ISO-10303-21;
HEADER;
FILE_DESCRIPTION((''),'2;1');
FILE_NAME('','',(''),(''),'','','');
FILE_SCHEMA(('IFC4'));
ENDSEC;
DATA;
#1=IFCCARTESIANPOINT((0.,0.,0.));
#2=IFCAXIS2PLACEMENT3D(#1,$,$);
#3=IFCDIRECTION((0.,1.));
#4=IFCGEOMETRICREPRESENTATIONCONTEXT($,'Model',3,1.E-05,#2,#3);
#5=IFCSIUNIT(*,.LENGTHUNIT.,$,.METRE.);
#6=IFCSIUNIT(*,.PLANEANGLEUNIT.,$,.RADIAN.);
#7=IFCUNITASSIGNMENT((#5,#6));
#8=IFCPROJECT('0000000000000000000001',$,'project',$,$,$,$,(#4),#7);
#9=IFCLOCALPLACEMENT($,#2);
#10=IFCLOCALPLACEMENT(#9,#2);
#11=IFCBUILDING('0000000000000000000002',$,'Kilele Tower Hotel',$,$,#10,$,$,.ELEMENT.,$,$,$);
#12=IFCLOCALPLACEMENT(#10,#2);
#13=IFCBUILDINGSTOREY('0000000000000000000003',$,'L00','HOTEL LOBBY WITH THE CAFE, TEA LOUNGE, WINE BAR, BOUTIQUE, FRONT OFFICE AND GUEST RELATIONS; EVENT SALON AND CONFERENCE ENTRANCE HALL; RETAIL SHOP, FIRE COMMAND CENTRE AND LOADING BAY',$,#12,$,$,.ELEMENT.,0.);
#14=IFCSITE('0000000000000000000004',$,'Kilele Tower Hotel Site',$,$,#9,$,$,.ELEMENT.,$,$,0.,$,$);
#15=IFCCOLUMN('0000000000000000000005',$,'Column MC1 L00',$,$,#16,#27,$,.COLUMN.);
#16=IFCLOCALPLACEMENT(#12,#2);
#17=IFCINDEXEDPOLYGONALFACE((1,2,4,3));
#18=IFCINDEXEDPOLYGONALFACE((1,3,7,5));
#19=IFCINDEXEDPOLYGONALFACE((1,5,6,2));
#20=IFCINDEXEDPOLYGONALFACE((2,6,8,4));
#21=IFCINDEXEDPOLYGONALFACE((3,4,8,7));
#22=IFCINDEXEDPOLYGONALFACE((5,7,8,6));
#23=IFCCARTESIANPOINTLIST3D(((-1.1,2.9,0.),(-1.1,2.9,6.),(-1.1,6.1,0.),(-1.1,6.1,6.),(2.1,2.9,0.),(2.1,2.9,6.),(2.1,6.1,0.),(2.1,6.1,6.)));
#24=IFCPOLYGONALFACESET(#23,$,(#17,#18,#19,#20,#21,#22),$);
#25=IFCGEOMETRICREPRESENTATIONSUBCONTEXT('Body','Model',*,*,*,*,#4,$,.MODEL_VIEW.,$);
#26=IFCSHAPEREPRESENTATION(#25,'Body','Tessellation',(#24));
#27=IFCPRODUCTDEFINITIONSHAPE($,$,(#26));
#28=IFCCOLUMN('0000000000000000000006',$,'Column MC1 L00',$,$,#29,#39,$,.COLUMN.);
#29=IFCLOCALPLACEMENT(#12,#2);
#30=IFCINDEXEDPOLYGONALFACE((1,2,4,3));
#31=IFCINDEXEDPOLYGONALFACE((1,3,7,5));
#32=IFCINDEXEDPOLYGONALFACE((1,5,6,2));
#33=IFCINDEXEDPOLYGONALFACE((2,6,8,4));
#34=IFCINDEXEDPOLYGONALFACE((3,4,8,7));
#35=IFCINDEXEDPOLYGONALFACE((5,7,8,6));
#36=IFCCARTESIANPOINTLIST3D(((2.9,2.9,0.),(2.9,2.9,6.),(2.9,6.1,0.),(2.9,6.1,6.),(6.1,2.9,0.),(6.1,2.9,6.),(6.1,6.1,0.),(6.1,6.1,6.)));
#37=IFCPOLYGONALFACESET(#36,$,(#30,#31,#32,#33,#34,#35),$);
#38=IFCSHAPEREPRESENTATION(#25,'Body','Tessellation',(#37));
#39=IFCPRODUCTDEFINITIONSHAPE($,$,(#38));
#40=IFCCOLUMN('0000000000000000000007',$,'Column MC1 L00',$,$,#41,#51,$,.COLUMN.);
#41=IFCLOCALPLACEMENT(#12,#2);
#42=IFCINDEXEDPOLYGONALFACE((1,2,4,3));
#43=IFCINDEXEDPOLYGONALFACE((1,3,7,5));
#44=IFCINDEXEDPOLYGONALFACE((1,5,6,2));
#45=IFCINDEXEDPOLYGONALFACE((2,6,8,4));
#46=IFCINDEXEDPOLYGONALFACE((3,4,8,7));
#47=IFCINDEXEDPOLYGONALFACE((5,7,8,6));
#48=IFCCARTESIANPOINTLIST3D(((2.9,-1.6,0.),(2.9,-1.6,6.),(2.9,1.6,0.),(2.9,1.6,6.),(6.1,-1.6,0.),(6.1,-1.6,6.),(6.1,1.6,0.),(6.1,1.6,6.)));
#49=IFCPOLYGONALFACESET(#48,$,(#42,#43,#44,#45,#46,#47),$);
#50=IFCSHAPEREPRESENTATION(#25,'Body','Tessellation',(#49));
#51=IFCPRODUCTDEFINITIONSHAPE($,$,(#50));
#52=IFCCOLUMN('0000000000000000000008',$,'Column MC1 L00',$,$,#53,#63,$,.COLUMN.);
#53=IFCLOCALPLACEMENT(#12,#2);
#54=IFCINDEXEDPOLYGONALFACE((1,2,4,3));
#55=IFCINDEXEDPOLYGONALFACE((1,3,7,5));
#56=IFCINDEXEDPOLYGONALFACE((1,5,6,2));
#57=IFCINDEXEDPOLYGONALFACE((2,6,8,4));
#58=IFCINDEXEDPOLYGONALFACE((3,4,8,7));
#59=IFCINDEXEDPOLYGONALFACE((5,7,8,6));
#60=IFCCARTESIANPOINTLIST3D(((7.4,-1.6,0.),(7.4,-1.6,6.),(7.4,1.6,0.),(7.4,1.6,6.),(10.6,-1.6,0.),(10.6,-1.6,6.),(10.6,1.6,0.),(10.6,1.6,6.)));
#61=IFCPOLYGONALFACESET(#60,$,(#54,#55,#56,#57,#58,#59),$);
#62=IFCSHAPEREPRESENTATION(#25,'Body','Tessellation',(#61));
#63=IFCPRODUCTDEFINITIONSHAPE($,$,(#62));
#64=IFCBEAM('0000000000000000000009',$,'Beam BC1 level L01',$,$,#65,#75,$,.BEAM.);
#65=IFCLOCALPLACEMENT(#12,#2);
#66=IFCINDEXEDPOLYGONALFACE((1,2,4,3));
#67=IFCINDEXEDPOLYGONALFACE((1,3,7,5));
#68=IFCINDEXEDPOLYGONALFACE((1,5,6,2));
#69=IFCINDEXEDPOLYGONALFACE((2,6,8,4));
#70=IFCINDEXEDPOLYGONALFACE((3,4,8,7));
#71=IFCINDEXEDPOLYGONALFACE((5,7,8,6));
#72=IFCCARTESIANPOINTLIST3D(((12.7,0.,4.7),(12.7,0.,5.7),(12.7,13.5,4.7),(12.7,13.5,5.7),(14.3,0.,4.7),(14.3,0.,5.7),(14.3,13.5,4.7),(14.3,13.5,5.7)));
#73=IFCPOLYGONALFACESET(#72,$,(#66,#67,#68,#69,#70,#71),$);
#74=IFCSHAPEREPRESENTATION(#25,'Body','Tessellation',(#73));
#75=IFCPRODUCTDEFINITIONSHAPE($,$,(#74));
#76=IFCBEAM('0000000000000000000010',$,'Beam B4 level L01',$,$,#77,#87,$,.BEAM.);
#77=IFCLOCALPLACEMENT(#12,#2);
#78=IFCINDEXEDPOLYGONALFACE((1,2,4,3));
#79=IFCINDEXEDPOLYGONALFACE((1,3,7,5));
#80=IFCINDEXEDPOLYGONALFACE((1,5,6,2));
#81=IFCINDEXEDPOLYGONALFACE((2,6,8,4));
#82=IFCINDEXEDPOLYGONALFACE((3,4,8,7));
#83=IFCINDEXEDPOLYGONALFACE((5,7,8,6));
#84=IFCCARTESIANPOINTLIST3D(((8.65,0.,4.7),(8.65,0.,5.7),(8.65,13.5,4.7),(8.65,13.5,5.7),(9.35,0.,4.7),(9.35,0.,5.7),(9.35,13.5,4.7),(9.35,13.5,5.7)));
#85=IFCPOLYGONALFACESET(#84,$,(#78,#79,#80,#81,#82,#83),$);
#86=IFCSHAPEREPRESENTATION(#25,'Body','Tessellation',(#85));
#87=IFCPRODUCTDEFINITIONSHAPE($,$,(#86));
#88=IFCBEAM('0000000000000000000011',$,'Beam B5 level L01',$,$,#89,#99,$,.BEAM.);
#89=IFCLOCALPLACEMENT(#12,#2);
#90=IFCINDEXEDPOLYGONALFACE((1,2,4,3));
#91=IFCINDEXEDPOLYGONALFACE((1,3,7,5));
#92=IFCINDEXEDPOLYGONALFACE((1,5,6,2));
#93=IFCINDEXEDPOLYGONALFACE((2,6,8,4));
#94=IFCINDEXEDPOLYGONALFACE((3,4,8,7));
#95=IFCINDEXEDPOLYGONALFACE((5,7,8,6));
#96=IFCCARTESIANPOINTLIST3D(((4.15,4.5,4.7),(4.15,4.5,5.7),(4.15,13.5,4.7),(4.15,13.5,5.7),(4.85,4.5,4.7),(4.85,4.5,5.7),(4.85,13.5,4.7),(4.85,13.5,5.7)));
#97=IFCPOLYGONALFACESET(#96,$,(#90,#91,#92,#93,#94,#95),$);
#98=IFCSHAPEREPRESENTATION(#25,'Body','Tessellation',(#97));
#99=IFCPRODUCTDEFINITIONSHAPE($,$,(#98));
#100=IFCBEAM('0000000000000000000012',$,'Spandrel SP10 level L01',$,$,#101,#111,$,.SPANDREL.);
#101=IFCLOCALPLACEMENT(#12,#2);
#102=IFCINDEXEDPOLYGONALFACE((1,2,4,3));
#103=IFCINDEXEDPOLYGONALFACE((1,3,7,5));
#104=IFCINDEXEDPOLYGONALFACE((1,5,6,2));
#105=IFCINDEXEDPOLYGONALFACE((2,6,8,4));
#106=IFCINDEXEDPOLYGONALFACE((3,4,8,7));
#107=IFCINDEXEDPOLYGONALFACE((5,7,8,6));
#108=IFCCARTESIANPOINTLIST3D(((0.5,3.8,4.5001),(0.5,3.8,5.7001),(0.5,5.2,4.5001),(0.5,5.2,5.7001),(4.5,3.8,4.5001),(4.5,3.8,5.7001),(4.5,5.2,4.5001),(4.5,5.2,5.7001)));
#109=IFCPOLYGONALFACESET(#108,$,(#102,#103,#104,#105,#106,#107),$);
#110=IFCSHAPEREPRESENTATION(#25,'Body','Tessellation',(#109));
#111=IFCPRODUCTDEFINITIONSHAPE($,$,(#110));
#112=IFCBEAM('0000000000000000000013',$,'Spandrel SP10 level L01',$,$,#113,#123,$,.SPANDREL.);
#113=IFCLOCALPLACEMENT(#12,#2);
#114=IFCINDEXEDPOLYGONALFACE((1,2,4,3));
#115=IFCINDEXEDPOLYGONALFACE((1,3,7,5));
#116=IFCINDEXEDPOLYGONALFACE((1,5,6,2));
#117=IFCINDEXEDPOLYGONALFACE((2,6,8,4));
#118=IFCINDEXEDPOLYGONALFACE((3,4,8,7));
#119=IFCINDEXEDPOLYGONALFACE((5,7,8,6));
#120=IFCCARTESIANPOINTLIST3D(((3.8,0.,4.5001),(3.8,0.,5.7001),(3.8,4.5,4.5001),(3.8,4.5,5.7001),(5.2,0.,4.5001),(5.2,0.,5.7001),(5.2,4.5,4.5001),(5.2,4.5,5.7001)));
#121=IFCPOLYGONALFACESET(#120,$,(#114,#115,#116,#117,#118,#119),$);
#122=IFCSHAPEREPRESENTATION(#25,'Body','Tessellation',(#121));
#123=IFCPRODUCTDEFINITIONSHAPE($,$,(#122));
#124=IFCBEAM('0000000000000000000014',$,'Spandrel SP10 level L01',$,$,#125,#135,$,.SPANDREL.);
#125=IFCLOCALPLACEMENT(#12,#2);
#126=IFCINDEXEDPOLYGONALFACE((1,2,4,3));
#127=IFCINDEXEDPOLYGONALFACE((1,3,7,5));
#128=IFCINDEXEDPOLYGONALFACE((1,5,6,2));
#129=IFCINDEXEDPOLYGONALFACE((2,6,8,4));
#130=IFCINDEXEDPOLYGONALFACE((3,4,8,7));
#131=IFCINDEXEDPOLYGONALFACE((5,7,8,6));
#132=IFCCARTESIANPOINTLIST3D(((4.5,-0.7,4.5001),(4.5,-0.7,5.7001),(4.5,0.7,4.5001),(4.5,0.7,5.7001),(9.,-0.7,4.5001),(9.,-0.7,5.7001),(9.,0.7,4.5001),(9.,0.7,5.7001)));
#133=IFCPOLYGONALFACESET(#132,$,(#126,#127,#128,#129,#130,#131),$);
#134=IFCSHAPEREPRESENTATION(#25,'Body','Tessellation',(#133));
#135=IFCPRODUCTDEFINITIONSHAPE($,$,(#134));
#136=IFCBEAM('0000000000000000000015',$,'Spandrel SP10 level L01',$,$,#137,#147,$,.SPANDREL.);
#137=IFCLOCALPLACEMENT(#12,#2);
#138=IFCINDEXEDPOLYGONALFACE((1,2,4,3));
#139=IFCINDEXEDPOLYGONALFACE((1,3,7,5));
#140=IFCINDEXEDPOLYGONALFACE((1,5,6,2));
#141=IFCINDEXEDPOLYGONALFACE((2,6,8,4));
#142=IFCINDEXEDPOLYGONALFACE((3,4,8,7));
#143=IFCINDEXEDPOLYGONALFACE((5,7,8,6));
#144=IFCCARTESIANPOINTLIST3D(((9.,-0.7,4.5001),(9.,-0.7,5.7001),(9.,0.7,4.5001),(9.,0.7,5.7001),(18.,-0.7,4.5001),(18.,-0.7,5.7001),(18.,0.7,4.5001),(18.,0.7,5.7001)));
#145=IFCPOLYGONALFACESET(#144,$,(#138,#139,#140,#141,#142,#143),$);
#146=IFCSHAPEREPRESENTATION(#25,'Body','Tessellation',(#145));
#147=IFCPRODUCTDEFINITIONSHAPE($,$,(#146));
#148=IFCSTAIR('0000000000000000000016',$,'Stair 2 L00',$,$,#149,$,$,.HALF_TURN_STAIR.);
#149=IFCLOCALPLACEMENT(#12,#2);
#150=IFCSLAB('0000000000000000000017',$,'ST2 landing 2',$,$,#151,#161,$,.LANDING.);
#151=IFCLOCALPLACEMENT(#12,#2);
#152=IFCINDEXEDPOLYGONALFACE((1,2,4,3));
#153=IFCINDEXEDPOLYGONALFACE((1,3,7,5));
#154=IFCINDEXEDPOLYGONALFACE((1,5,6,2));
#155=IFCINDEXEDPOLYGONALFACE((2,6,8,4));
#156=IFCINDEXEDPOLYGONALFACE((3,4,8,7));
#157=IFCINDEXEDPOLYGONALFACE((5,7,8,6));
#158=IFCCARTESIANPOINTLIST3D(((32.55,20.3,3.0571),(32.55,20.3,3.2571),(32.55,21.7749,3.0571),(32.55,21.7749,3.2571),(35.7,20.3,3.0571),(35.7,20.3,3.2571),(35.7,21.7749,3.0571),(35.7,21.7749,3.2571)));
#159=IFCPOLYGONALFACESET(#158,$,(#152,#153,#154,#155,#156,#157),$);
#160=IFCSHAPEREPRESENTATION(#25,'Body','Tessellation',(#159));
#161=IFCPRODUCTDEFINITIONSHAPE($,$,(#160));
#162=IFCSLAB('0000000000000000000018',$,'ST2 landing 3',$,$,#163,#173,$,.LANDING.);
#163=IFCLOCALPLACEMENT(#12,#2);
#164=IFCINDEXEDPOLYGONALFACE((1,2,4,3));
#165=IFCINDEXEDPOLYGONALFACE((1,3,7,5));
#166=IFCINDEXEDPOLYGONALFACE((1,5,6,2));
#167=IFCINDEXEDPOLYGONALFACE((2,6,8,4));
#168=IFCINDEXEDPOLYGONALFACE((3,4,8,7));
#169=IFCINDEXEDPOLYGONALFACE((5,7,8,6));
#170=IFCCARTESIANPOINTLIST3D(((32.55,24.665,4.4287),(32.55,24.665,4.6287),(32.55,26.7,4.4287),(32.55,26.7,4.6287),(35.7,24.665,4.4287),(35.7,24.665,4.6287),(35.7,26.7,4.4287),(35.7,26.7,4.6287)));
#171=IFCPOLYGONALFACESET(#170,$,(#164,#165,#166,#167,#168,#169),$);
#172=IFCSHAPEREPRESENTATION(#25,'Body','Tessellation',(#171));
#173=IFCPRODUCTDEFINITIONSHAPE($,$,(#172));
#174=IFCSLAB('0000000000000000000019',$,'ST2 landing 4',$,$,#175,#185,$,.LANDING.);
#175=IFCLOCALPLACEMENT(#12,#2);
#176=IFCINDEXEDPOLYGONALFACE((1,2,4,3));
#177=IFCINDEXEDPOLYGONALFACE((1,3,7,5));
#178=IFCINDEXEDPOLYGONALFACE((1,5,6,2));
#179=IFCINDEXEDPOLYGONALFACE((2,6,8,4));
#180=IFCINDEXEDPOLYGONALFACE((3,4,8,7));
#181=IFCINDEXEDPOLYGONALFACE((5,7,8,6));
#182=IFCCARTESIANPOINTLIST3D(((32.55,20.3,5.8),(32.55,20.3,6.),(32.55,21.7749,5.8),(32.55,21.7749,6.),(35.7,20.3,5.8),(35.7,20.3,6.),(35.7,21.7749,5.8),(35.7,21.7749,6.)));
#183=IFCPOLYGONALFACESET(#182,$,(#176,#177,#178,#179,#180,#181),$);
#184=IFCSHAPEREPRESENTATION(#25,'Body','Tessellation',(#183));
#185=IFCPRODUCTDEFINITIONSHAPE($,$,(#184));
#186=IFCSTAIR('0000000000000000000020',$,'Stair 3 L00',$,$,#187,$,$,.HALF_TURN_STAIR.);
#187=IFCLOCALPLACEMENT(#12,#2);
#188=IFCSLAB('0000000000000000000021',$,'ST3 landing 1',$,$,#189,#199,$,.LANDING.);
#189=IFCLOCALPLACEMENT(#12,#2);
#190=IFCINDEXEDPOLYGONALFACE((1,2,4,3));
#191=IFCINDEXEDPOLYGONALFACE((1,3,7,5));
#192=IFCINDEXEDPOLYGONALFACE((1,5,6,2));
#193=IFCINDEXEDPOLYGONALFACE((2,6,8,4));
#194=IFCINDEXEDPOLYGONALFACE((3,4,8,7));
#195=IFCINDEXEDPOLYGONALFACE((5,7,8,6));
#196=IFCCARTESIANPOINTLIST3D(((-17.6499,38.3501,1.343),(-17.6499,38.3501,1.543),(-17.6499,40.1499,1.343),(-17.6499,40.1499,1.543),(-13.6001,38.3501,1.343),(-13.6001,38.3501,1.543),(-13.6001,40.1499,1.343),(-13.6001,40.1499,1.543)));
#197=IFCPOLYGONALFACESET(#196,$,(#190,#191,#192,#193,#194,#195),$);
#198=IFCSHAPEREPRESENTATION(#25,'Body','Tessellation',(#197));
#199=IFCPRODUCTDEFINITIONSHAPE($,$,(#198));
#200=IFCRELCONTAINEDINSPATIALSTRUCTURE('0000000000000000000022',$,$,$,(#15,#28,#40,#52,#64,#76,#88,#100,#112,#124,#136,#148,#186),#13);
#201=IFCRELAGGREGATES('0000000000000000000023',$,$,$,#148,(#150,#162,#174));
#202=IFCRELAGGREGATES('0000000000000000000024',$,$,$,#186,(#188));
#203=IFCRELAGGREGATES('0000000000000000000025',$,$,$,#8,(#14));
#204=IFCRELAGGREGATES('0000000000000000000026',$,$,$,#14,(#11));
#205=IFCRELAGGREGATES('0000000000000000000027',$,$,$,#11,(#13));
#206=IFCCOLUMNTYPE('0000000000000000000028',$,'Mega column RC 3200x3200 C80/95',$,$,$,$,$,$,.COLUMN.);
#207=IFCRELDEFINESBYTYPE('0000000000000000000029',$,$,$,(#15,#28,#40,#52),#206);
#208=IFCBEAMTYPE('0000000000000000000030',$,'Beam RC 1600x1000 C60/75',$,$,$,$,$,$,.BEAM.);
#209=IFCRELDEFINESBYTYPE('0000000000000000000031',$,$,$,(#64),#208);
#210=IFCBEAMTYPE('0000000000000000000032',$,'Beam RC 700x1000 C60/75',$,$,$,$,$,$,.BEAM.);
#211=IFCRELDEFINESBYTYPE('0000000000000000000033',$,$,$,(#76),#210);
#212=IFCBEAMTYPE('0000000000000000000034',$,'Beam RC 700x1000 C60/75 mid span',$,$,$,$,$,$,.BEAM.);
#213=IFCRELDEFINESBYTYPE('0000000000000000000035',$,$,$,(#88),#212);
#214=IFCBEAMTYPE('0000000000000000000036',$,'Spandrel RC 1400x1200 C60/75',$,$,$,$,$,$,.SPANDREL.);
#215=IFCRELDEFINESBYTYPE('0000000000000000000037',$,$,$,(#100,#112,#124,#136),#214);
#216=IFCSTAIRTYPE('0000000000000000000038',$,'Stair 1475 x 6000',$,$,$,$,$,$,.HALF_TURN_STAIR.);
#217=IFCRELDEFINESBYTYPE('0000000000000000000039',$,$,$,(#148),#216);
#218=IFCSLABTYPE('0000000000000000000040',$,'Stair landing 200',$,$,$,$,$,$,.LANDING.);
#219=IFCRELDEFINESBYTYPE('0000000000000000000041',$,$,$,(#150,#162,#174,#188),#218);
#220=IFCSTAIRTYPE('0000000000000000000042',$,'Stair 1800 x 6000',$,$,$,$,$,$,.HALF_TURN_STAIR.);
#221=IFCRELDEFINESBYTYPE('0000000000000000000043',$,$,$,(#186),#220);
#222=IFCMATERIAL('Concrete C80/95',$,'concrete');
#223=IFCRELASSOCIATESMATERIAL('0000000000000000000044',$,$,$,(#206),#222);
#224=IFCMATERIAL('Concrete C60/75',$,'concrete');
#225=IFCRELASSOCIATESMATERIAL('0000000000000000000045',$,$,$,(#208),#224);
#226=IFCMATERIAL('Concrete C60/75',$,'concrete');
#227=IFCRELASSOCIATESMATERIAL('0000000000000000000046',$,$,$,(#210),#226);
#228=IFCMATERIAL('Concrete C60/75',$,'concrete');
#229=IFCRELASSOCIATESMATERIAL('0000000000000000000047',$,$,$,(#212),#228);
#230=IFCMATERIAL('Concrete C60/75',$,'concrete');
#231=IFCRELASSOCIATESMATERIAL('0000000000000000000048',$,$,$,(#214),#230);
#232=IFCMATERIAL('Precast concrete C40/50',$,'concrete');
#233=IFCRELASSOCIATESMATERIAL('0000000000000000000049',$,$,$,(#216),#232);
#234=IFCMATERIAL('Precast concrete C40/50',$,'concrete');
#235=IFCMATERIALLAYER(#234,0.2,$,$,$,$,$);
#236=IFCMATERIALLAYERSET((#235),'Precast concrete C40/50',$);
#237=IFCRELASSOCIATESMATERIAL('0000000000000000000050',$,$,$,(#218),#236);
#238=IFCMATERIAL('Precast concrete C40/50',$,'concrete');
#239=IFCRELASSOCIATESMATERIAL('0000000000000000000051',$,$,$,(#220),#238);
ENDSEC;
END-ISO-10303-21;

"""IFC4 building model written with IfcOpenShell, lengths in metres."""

from ifc_helpers import new_model, si_unit, direction, frame, origin, origin_2d, place, context, subcontext, project, spatial, polyline, rectangle, outline, extrude, material, layer, layer_set, material_profile, profile_set, type_object, element, aggregate, save


model = new_model("IFC4")

# Units and contexts
model_context = context("Model", 3, precision=1e-05, world=origin(), true_north=direction((0.0, 1.0)))
body_context = subcontext(model_context, "Body", "Model", "MODEL_VIEW")
ifc_project = project(units=[si_unit("LENGTHUNIT", "METRE"), si_unit("PLANEANGLEUNIT", "RADIAN")], contexts=[model_context])

# Site, building, storey
site_placement = place(None, origin())
site = spatial("IfcSite", under=ifc_project, at=site_placement, Name="Kilele Tower Hotel Site", CompositionType="ELEMENT", RefElevation=0.0)
building_placement = place(site_placement, origin())
building = spatial("IfcBuilding", under=site, at=building_placement, Name="Kilele Tower Hotel", CompositionType="ELEMENT")
storey_placement = place(building_placement, origin())
storey = spatial("IfcBuildingStorey", under=building, at=storey_placement, Name="L00", Description="HOTEL LOBBY WITH THE CAFE, TEA LOUNGE, WINE BAR, BOUTIQUE, FRONT OFFICE AND GUEST RELATIONS; EVENT SALON AND CONFERENCE ENTRANCE HALL; RETAIL SHOP, FIRE COMMAND CENTRE AND LOADING BAY", CompositionType="ELEMENT", Elevation=0.0)

# Columns
ifc_material_1 = material(Name="Concrete C80/95", Category="concrete")
ifc_material_profile_1 = material_profile(ifc_material_1, rectangle(XDim=3.2, YDim=3.2, at=origin_2d()))
ifc_profile_set_1 = profile_set([ifc_material_profile_1], Name="Concrete C80/95")
column_type = type_object("IfcColumnType", Name="Mega column RC 3200x3200 C80/95", PredefinedType="COLUMN", material=ifc_profile_set_1)
for number, where, z_axis, x_axis, name in (
    (1, (0.5, 4.5, 0.0), (0.0, 0.0, 1.0), (1.0, 0.0, 0.0), "Column MC1 L00"),
    (2, (4.5, 4.5, 0.0), (0.0, 0.0, 1.0), (1.0, 0.0, 0.0), "Column MC1 L00"),
    (3, (4.5, 0.0, 0.0), (0.0, 0.0, 1.0), (1.0, 0.0, 0.0), "Column MC1 L00"),
    (4, (9.0, 0.0, 0.0), (0.0, 0.0, 1.0), (1.0, 0.0, 0.0), "Column MC1 L00"),
):
    element("IfcColumn", number, at=place(storey_placement, frame(where, z_axis=z_axis, x_axis=x_axis)), inside=storey, type_object=column_type, Name=name, PredefinedType="COLUMN", context=body_context, shape_type="SweptSolid", body=[
        extrude(rectangle(XDim=3.2, YDim=3.2, at=origin_2d()), origin(), (0.0, 0.0, 1.0), 6.0),
    ])

# Beams
ifc_material_2 = material(Name="Concrete C60/75", Category="concrete")
ifc_material_profile_2 = material_profile(ifc_material_2, rectangle(XDim=1.6001, YDim=1.0, at=origin_2d()))
ifc_profile_set_2 = profile_set([ifc_material_profile_2], Name="Concrete C60/75")
beam_type_1 = type_object("IfcBeamType", Name="Beam RC 1600x1000 C60/75", PredefinedType="BEAM", material=ifc_profile_set_2)
beam_1_placement = place(storey_placement, frame((13.5, 0.0, 5.2), z_axis=(0.0, 1.0, 0.0), x_axis=(-1.0, 0.0, 0.0)))
element("IfcBeam", 5, at=beam_1_placement, inside=storey, type_object=beam_type_1, Name="Beam BC1 level L01", PredefinedType="BEAM", context=body_context, shape_type="SweptSolid", body=[
    extrude(rectangle(XDim=1.6001, YDim=1.0, at=origin_2d()), origin(), (0.0, 0.0, 1.0), 13.5),
])
ifc_material_3 = material(Name="Concrete C60/75", Category="concrete")
ifc_material_profile_3 = material_profile(ifc_material_3, rectangle(XDim=0.7, YDim=1.0, at=origin_2d()))
ifc_profile_set_3 = profile_set([ifc_material_profile_3], Name="Concrete C60/75")
beam_type_2 = type_object("IfcBeamType", Name="Beam RC 700x1000 C60/75", PredefinedType="BEAM", material=ifc_profile_set_3)
beam_2_placement = place(storey_placement, frame((9.0, 0.0, 5.2), z_axis=(0.0, 1.0, 0.0), x_axis=(-1.0, 0.0, 0.0)))
element("IfcBeam", 6, at=beam_2_placement, inside=storey, type_object=beam_type_2, Name="Beam B4 level L01", PredefinedType="BEAM", context=body_context, shape_type="SweptSolid", body=[
    extrude(rectangle(XDim=0.7, YDim=1.0, at=origin_2d()), origin(), (0.0, 0.0, 1.0), 13.5),
])
ifc_material_4 = material(Name="Concrete C60/75", Category="concrete")
ifc_material_profile_4 = material_profile(ifc_material_4, rectangle(XDim=0.7, YDim=1.0, at=origin_2d()))
ifc_profile_set_4 = profile_set([ifc_material_profile_4], Name="Concrete C60/75")
beam_type_3 = type_object("IfcBeamType", Name="Beam RC 700x1000 C60/75 mid span", PredefinedType="BEAM", material=ifc_profile_set_4)
beam_3_placement = place(storey_placement, frame((4.5, 4.5, 5.2), z_axis=(0.0, 1.0, 0.0), x_axis=(-1.0, 0.0, 0.0)))
element("IfcBeam", 7, at=beam_3_placement, inside=storey, type_object=beam_type_3, Name="Beam B5 level L01", PredefinedType="BEAM", context=body_context, shape_type="SweptSolid", body=[
    extrude(rectangle(XDim=0.7, YDim=1.0, at=origin_2d()), origin(), (0.0, 0.0, 1.0), 9.0),
])
ifc_material_5 = material(Name="Concrete C60/75", Category="concrete")
ifc_material_profile_5 = material_profile(ifc_material_5, rectangle(XDim=1.3999, YDim=1.2, at=origin_2d()))
ifc_profile_set_5 = profile_set([ifc_material_profile_5], Name="Concrete C60/75")
beam_type_4 = type_object("IfcBeamType", Name="Spandrel RC 1400x1200 C60/75", PredefinedType="SPANDREL", material=ifc_profile_set_5)
beam_4_placement = place(storey_placement, frame((0.5, 4.5, 5.1001), z_axis=(1.0, 0.0, 0.0), x_axis=(0.0, 1.0, 0.0)))
element("IfcBeam", 8, at=beam_4_placement, inside=storey, type_object=beam_type_4, Name="Spandrel SP10 level L01", PredefinedType="SPANDREL", context=body_context, shape_type="SweptSolid", body=[
    extrude(rectangle(XDim=1.3999, YDim=1.2, at=origin_2d()), origin(), (0.0, 0.0, 1.0), 4.0),
])
for number, where, z_axis, x_axis, name in (
    (9, (4.5, 4.5, 5.1001), (0.0, -1.0, 0.0), (1.0, 0.0, 0.0), "Spandrel SP10 level L01"),
    (10, (4.5, 0.0, 5.1001), (1.0, 0.0, 0.0), (0.0, 1.0, 0.0), "Spandrel SP10 level L01"),
):
    element("IfcBeam", number, at=place(storey_placement, frame(where, z_axis=z_axis, x_axis=x_axis)), inside=storey, type_object=beam_type_4, Name=name, PredefinedType="SPANDREL", context=body_context, shape_type="SweptSolid", body=[
        extrude(rectangle(XDim=1.3999, YDim=1.2, at=origin_2d()), origin(), (0.0, 0.0, 1.0), 4.5),
    ])
beam_5_placement = place(storey_placement, frame((9.0, 0.0, 5.1001), z_axis=(1.0, 0.0, 0.0), x_axis=(0.0, 1.0, 0.0)))
element("IfcBeam", 11, at=beam_5_placement, inside=storey, type_object=beam_type_4, Name="Spandrel SP10 level L01", PredefinedType="SPANDREL", context=body_context, shape_type="SweptSolid", body=[
    extrude(rectangle(XDim=1.3999, YDim=1.2, at=origin_2d()), origin(), (0.0, 0.0, 1.0), 9.0),
])

# Stairs, slabs
ifc_material_6 = material(Name="Precast concrete C40/50", Category="concrete")
stair_type_1 = type_object("IfcStairType", Name="Stair 1475 x 6000", PredefinedType="HALF_TURN_STAIR", material=ifc_material_6)
stair_1_placement = place(storey_placement, origin())
stair_1 = element("IfcStair", 12, at=stair_1_placement, inside=storey, type_object=stair_type_1, Name="Stair 2 L00", PredefinedType="HALF_TURN_STAIR")
ifc_material_7 = material(Name="Precast concrete C40/50", Category="concrete")
ifc_layer = layer(ifc_material_7, 0.2)
ifc_layer_set = layer_set([ifc_layer], Name="Precast concrete C40/50")
slab_type = type_object("IfcSlabType", Name="Stair landing 200", PredefinedType="LANDING", material=ifc_layer_set)
slab_1_placement = place(storey_placement, frame((0.0, 0.0, 3.0571)))
slab_1 = element("IfcSlab", 13, at=slab_1_placement, type_object=slab_type, Name="ST2 landing 2", PredefinedType="LANDING", context=body_context, shape_type="SweptSolid", body=[
    extrude(outline(polyline([(32.55, 20.3), (35.7, 20.3), (35.7, 21.7749), (32.55, 21.7749), (32.55, 20.3)])), origin(), (0.0, 0.0, 1.0), 0.2),
])
slab_2_placement = place(storey_placement, frame((0.0, 0.0, 4.4287)))
slab_2 = element("IfcSlab", 14, at=slab_2_placement, type_object=slab_type, Name="ST2 landing 3", PredefinedType="LANDING", context=body_context, shape_type="SweptSolid", body=[
    extrude(outline(polyline([(32.55, 24.665), (35.7, 24.665), (35.7, 26.7), (32.55, 26.7), (32.55, 24.665)])), origin(), (0.0, 0.0, 1.0), 0.2),
])
slab_3_placement = place(storey_placement, frame((0.0, 0.0, 5.8)))
slab_3 = element("IfcSlab", 15, at=slab_3_placement, type_object=slab_type, Name="ST2 landing 4", PredefinedType="LANDING", context=body_context, shape_type="SweptSolid", body=[
    extrude(outline(polyline([(32.55, 20.3), (35.7, 20.3), (35.7, 21.7749), (32.55, 21.7749), (32.55, 20.3)])), origin(), (0.0, 0.0, 1.0), 0.2),
])
aggregate(stair_1, [slab_1, slab_2, slab_3])
ifc_material_8 = material(Name="Precast concrete C40/50", Category="concrete")
stair_type_2 = type_object("IfcStairType", Name="Stair 1800 x 6000", PredefinedType="HALF_TURN_STAIR", material=ifc_material_8)
stair_2_placement = place(storey_placement, origin())
stair_2 = element("IfcStair", 16, at=stair_2_placement, inside=storey, type_object=stair_type_2, Name="Stair 3 L00", PredefinedType="HALF_TURN_STAIR")
slab_4_placement = place(storey_placement, frame((0.0, 0.0, 1.343)))
slab_4 = element("IfcSlab", 17, at=slab_4_placement, type_object=slab_type, Name="ST3 landing 1", PredefinedType="LANDING", context=body_context, shape_type="SweptSolid", body=[
    extrude(outline(polyline([(-17.6499, 38.3501), (-13.6001, 38.3501), (-13.6001, 40.1499), (-17.6499, 40.1499), (-17.6499, 38.3501)])), origin(), (0.0, 0.0, 1.0), 0.2),
])
aggregate(stair_2, [slab_4])

save(model, "model.ifc")
